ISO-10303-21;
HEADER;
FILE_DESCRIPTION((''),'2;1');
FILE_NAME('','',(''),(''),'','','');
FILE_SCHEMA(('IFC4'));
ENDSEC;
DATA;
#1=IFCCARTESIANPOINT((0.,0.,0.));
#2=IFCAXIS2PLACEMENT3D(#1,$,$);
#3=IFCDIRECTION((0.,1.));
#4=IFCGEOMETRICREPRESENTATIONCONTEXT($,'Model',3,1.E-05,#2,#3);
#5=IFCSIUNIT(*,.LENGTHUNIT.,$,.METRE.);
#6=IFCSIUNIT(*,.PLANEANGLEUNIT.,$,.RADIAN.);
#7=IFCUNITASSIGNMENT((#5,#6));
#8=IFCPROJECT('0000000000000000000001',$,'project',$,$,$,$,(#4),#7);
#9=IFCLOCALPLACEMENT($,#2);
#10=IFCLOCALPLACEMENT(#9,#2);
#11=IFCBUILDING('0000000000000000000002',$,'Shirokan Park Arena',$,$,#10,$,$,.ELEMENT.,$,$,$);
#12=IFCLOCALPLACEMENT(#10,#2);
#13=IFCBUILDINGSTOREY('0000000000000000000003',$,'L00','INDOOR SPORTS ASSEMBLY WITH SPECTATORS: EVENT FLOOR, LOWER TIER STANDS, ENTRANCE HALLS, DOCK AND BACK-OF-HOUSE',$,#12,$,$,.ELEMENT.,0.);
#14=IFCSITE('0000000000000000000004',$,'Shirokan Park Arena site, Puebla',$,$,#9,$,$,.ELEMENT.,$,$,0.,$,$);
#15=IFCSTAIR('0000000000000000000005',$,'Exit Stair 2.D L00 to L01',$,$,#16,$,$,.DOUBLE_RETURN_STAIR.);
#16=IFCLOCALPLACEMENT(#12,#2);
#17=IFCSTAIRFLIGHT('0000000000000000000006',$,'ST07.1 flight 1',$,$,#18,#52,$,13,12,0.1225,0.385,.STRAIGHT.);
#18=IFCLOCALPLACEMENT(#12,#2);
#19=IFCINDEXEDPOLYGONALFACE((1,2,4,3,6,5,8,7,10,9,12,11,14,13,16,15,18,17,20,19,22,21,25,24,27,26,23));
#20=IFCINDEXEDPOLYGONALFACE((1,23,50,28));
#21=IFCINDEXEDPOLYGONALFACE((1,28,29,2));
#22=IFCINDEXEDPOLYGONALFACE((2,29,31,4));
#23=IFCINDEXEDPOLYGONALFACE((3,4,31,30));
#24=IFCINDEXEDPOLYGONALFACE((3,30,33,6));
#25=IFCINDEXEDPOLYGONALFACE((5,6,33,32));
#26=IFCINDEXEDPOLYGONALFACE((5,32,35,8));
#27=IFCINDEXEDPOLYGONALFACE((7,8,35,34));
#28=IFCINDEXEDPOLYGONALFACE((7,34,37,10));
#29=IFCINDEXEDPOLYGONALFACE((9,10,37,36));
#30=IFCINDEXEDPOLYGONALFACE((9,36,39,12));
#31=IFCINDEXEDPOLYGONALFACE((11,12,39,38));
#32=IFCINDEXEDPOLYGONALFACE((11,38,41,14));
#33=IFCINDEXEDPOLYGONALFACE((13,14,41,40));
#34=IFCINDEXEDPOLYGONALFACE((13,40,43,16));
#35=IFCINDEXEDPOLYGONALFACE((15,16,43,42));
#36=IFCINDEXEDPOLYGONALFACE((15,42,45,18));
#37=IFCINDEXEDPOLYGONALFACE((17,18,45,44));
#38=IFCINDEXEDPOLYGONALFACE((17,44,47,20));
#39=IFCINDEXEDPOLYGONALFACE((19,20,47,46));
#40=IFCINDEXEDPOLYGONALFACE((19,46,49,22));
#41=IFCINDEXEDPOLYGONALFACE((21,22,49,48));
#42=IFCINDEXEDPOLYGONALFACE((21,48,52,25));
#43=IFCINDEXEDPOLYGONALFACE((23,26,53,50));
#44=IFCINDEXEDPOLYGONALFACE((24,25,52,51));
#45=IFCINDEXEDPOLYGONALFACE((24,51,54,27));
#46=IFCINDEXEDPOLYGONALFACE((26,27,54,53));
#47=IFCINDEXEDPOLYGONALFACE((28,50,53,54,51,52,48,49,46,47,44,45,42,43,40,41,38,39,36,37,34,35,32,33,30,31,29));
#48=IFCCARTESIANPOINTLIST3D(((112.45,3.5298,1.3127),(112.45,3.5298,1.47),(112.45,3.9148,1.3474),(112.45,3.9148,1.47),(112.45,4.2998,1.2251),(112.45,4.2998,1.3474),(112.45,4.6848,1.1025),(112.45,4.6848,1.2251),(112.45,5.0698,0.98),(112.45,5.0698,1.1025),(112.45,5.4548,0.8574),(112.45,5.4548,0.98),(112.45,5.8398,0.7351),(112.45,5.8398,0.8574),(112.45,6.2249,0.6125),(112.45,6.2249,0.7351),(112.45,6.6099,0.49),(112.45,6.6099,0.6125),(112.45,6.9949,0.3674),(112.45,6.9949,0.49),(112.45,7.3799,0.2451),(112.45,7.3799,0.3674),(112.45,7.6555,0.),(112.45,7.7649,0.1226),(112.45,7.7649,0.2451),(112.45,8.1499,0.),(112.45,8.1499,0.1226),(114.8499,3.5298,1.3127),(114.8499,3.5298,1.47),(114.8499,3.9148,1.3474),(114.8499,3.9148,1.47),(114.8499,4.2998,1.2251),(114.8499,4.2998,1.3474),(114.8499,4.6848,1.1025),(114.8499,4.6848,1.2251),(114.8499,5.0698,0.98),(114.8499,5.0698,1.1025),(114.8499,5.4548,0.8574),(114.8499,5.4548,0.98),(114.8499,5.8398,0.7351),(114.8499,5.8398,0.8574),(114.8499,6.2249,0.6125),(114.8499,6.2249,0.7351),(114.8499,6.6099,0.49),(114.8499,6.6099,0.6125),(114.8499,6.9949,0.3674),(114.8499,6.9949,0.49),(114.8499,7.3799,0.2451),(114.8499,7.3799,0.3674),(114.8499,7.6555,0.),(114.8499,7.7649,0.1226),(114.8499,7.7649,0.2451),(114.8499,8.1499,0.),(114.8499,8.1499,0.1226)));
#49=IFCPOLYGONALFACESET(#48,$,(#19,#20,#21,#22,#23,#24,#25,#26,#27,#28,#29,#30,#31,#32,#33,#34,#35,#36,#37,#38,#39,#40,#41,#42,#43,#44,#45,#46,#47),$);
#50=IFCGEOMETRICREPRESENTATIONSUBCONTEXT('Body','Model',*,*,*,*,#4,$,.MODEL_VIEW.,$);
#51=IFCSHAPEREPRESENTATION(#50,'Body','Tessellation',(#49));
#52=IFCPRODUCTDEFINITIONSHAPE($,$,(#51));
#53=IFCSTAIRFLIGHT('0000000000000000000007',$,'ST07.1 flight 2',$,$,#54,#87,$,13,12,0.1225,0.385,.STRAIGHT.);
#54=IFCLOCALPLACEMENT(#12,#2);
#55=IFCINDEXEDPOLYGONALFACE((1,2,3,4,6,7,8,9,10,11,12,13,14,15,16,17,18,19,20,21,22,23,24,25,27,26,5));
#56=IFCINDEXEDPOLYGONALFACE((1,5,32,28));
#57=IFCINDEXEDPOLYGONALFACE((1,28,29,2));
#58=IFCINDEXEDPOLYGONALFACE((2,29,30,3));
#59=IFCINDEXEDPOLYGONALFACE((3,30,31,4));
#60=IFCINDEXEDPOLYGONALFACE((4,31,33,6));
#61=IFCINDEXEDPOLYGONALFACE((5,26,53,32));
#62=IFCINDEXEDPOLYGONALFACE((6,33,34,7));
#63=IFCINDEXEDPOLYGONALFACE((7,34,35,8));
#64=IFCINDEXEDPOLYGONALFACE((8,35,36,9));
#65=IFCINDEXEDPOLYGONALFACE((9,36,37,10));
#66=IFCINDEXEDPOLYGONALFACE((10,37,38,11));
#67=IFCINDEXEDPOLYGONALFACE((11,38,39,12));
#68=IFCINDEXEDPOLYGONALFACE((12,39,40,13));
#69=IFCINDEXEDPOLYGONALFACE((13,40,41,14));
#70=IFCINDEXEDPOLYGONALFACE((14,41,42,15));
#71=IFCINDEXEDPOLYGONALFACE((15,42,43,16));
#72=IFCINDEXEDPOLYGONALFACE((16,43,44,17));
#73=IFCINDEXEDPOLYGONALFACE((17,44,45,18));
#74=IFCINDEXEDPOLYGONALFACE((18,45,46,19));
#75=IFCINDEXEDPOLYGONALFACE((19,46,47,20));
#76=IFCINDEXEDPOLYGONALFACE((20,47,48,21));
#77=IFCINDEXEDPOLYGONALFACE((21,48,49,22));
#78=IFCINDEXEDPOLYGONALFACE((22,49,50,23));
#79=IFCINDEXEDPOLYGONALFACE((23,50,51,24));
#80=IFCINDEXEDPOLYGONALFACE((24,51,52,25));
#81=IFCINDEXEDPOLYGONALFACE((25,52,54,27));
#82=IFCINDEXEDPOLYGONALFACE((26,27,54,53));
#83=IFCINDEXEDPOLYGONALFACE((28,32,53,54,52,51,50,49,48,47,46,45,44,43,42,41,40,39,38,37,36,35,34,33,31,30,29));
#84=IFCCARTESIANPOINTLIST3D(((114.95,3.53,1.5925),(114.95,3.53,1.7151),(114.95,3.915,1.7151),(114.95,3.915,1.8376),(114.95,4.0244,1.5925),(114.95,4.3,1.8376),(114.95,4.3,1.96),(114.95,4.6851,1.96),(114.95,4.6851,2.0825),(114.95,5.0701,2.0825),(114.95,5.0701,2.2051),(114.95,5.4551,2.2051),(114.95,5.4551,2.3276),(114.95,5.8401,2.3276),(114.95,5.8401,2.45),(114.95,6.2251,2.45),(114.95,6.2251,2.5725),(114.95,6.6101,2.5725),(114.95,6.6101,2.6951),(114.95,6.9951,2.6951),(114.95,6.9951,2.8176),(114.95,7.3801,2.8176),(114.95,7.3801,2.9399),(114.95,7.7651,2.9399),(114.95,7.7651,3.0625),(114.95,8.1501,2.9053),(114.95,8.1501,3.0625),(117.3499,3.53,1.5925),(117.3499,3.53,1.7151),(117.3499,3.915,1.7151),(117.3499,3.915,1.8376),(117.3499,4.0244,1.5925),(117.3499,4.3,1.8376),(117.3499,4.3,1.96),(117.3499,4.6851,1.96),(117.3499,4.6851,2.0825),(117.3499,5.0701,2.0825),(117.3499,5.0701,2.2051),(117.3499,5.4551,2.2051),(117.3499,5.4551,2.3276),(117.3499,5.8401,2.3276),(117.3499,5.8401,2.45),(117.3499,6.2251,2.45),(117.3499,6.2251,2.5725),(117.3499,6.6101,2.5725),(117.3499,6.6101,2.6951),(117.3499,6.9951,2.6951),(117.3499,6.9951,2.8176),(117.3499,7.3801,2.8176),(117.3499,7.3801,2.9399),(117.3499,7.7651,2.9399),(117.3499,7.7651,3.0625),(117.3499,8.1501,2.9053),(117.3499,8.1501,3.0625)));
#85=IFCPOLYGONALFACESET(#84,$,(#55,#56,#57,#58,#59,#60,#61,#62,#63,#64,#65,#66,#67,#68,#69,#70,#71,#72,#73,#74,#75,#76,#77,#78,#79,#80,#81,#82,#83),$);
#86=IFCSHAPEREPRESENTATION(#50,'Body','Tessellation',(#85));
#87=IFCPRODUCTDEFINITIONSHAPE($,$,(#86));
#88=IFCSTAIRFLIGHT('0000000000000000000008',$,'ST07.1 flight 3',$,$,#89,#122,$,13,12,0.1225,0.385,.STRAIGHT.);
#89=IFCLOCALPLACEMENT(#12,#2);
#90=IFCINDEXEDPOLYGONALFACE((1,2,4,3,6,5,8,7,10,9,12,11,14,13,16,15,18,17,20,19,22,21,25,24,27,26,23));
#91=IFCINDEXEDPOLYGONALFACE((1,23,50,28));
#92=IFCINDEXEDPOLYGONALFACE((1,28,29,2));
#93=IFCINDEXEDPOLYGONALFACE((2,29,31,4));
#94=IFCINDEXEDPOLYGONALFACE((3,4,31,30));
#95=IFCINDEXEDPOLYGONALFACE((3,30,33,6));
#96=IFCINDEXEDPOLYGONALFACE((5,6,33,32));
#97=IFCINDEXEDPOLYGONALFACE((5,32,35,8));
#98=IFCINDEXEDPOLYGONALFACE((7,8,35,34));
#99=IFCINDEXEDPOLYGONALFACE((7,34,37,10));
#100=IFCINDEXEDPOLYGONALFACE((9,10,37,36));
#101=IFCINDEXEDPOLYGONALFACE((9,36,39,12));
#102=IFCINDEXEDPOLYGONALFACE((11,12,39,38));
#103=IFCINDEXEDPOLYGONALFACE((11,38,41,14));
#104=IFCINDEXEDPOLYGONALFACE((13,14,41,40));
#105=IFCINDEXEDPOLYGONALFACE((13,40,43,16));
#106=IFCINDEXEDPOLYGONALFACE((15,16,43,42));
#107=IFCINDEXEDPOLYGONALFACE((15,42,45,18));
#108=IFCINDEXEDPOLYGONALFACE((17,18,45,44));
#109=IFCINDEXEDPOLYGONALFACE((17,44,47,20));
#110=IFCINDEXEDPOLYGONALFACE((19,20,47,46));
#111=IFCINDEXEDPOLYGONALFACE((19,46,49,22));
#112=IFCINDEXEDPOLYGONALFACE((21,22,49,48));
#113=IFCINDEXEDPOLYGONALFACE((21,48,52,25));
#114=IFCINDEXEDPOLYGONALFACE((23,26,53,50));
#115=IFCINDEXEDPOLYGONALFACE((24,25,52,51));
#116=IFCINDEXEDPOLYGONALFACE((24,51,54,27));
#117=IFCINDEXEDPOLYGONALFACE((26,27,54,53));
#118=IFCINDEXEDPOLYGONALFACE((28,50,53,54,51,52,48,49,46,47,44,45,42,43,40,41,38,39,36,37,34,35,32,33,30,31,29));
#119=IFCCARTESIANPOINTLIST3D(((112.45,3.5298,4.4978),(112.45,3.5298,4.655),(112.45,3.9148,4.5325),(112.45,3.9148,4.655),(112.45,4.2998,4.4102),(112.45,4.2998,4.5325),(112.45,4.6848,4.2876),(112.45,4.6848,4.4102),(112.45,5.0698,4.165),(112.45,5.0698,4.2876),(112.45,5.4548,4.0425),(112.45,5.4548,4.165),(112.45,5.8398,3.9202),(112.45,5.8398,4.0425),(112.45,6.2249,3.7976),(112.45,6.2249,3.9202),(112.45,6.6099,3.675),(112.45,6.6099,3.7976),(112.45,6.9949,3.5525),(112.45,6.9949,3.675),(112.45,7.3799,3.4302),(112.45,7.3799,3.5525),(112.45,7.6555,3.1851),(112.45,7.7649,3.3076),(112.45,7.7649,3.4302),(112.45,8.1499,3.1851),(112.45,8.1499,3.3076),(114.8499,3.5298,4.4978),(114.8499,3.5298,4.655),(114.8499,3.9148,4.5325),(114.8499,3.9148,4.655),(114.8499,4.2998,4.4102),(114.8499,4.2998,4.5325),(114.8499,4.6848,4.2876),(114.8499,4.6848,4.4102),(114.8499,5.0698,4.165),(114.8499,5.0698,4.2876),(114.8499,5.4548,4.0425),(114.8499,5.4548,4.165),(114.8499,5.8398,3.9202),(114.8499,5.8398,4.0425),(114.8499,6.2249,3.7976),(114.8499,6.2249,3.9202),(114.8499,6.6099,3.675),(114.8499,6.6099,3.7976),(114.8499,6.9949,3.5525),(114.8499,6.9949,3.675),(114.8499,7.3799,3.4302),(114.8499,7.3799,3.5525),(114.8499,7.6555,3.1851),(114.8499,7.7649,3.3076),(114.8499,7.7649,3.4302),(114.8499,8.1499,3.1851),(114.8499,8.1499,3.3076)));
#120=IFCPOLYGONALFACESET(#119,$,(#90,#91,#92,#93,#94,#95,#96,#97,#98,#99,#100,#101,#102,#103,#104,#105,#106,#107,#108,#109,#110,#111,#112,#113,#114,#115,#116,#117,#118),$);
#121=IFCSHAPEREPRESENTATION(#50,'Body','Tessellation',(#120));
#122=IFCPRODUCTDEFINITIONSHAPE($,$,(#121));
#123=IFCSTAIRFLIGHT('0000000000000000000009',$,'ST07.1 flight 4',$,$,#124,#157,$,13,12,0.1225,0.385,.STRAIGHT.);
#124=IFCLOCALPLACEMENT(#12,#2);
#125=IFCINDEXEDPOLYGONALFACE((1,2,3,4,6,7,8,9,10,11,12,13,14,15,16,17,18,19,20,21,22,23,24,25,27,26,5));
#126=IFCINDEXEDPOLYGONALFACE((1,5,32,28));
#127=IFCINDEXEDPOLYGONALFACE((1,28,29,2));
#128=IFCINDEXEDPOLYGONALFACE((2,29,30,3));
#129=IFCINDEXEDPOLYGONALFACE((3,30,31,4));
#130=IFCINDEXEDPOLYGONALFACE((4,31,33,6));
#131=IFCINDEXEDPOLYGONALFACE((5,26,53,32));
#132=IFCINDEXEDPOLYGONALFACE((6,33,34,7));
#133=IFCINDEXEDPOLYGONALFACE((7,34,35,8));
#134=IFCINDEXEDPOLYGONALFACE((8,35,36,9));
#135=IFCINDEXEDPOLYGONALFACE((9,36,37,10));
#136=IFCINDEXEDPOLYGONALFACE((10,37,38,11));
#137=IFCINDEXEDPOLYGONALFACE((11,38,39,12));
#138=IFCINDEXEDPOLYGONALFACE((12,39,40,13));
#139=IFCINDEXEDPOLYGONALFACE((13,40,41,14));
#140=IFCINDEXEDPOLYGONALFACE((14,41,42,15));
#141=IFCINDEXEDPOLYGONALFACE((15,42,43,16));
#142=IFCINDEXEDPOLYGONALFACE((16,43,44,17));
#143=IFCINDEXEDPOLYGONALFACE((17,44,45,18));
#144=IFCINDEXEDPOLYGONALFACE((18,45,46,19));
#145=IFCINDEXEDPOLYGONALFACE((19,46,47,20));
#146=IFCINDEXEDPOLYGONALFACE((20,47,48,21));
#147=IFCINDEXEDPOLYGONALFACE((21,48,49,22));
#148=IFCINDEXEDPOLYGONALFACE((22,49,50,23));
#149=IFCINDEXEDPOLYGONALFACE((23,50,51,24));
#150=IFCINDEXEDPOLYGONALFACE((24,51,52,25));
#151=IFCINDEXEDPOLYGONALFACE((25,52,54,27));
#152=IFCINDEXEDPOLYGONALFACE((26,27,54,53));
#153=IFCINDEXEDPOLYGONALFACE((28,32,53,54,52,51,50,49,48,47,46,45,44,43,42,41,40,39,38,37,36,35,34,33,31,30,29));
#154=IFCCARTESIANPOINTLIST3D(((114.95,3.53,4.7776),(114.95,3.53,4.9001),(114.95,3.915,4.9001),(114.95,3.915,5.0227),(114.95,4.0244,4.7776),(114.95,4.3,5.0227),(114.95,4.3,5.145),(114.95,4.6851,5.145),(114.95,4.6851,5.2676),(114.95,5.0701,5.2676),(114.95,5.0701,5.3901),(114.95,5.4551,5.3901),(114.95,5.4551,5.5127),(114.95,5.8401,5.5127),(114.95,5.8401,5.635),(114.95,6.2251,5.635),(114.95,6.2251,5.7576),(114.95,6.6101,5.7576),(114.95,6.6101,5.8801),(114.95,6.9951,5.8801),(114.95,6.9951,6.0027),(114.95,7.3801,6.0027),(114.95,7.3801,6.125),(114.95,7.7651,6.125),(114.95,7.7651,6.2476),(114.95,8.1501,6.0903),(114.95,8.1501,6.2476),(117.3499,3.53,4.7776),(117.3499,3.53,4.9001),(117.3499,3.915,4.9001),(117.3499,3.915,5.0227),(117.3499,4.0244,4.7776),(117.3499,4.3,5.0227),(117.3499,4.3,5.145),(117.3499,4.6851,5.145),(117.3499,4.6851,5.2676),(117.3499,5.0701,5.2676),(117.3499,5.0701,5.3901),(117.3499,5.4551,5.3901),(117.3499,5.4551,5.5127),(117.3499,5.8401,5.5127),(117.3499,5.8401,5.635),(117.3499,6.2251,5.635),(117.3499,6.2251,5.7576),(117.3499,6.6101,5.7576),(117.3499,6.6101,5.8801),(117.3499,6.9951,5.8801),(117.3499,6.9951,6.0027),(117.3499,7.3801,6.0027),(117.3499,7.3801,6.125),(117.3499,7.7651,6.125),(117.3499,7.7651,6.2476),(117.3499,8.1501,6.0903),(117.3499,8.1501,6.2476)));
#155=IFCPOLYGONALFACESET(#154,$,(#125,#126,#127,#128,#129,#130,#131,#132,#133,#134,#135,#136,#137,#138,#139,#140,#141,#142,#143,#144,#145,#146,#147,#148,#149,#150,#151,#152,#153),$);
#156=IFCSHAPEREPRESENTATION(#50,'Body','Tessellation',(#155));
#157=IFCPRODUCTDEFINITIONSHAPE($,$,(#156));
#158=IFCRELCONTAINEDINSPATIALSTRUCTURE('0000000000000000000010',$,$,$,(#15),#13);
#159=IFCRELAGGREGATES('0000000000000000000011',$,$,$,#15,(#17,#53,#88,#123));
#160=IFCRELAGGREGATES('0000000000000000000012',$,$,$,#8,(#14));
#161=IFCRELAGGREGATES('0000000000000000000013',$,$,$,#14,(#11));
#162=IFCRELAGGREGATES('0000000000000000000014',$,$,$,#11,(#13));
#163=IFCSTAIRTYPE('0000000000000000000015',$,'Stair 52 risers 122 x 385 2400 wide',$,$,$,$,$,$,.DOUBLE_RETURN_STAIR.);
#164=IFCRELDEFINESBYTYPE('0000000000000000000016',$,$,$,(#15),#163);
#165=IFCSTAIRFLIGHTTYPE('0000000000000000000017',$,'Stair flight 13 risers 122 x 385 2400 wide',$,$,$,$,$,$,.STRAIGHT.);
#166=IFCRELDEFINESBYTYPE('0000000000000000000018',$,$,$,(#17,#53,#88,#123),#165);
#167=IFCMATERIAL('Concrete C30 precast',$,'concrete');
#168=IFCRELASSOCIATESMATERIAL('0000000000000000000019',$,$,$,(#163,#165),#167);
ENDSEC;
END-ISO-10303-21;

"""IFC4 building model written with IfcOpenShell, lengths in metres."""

from ifc_helpers import new_model, si_unit, direction, frame, origin, place, context, subcontext, project, spatial, polyline, outline, extrude, material, type_object, element, aggregate, save


model = new_model("IFC4")

# Units and contexts
model_context = context("Model", 3, precision=1e-05, world=origin(), true_north=direction((0.0, 1.0)))
body_context = subcontext(model_context, "Body", "Model", "MODEL_VIEW")
ifc_project = project(units=[si_unit("LENGTHUNIT", "METRE"), si_unit("PLANEANGLEUNIT", "RADIAN")], contexts=[model_context])

# Site, building, storey
site_placement = place(None, origin())
site = spatial("IfcSite", under=ifc_project, at=site_placement, Name="Shirokan Park Arena site, Puebla", CompositionType="ELEMENT", RefElevation=0.0)
building_placement = place(site_placement, origin())
building = spatial("IfcBuilding", under=site, at=building_placement, Name="Shirokan Park Arena", CompositionType="ELEMENT")
storey_placement = place(building_placement, origin())
storey = spatial("IfcBuildingStorey", under=building, at=storey_placement, Name="L00", Description="INDOOR SPORTS ASSEMBLY WITH SPECTATORS: EVENT FLOOR, LOWER TIER STANDS, ENTRANCE HALLS, DOCK AND BACK-OF-HOUSE", CompositionType="ELEMENT", Elevation=0.0)

# Stair, stair flights
ifc_material_1 = material(Name="Concrete C30 precast", Category="concrete")
stair_type = type_object("IfcStairType", Name="Stair 52 risers 122 x 385 2400 wide", PredefinedType="DOUBLE_RETURN_STAIR", material=ifc_material_1)
stair_placement = place(storey_placement, origin())
stair = element("IfcStair", 1, at=stair_placement, inside=storey, type_object=stair_type, Name="Exit Stair 2.D L00 to L01", PredefinedType="DOUBLE_RETURN_STAIR")
stair_flight_type = type_object("IfcStairFlightType", Name="Stair flight 13 risers 122 x 385 2400 wide", PredefinedType="STRAIGHT", material=ifc_material_1)
stair_flight_1_placement = place(storey_placement, frame((113.6499, 8.1499, 0.0), z_axis=(0.0, 0.0, 1.0), x_axis=(0.0, -1.0, 0.0)))
stair_flight_1 = element("IfcStairFlight", 2, at=stair_flight_1_placement, type_object=stair_flight_type, Name="ST07.1 flight 1", NumberOfRisers=13, NumberOfTreads=12, PredefinedType="STRAIGHT", RiserHeight=0.1225, TreadLength=0.385, context=body_context, shape_type="SweptSolid", body=[
    extrude(outline(polyline([(0.0, 0.0), (0.0, 0.1226), (0.385, 0.1226), (0.385, 0.2451), (0.77, 0.2451), (0.77, 0.3674), (1.155, 0.3674), (1.155, 0.49), (1.54, 0.49), (1.54, 0.6125), (1.925, 0.6125), (1.925, 0.7351), (2.3101, 0.7351), (2.3101, 0.8574), (2.6951, 0.8574), (2.6951, 0.98), (3.0801, 0.98), (3.0801, 1.1025), (3.4651, 1.1025), (3.4651, 1.2251), (3.8501, 1.2251), (3.8501, 1.3474), (4.2351, 1.3474), (4.2351, 1.47), (4.6201, 1.47), (4.6201, 1.5925), (4.6201, 1.3127), (0.4944, 0.0), (0.0, 0.0)])), frame((0.0, 1.2, 0.0), z_axis=(0.0, -1.0, 0.0), x_axis=(1.0, 0.0, 0.0)), (0.0, 0.0, 1.0), 2.3999),
])
stair_flight_2_placement = place(storey_placement, frame((116.1499, 3.53, 1.5925), z_axis=(0.0, 0.0, 1.0), x_axis=(0.0, 1.0, 0.0)))
stair_flight_2 = element("IfcStairFlight", 3, at=stair_flight_2_placement, type_object=stair_flight_type, Name="ST07.1 flight 2", NumberOfRisers=13, NumberOfTreads=12, PredefinedType="STRAIGHT", RiserHeight=0.1225, TreadLength=0.385, context=body_context, shape_type="SweptSolid", body=[
    extrude(outline(polyline([(0.0, 0.0), (0.0, 0.1226), (0.385, 0.1226), (0.385, 0.2451), (0.77, 0.2451), (0.77, 0.3674), (1.155, 0.3674), (1.155, 0.49), (1.54, 0.49), (1.54, 0.6125), (1.925, 0.6125), (1.925, 0.7351), (2.3101, 0.7351), (2.3101, 0.8574), (2.6951, 0.8574), (2.6951, 0.98), (3.0801, 0.98), (3.0801, 1.1025), (3.4651, 1.1025), (3.4651, 1.2251), (3.8501, 1.2251), (3.8501, 1.3474), (4.2351, 1.3474), (4.2351, 1.47), (4.6201, 1.47), (4.6201, 1.5925), (4.6201, 1.3127), (0.4944, 0.0), (0.0, 0.0)])), frame((0.0, 1.2, 0.0), z_axis=(0.0, -1.0, 0.0), x_axis=(1.0, 0.0, 0.0)), (0.0, 0.0, 1.0), 2.3999),
])
stair_flight_3_placement = place(storey_placement, frame((113.6499, 8.1499, 3.1851), z_axis=(0.0, 0.0, 1.0), x_axis=(0.0, -1.0, 0.0)))
stair_flight_3 = element("IfcStairFlight", 4, at=stair_flight_3_placement, type_object=stair_flight_type, Name="ST07.1 flight 3", NumberOfRisers=13, NumberOfTreads=12, PredefinedType="STRAIGHT", RiserHeight=0.1225, TreadLength=0.385, context=body_context, shape_type="SweptSolid", body=[
    extrude(outline(polyline([(0.0, 0.0), (0.0, 0.1226), (0.385, 0.1226), (0.385, 0.2451), (0.77, 0.2451), (0.77, 0.3674), (1.155, 0.3674), (1.155, 0.49), (1.54, 0.49), (1.54, 0.6125), (1.925, 0.6125), (1.925, 0.7351), (2.3101, 0.7351), (2.3101, 0.8574), (2.6951, 0.8574), (2.6951, 0.98), (3.0801, 0.98), (3.0801, 1.1025), (3.4651, 1.1025), (3.4651, 1.2251), (3.8501, 1.2251), (3.8501, 1.3474), (4.2351, 1.3474), (4.2351, 1.47), (4.6201, 1.47), (4.6201, 1.5925), (4.6201, 1.3127), (0.4944, 0.0), (0.0, 0.0)])), frame((0.0, 1.2, 0.0), z_axis=(0.0, -1.0, 0.0), x_axis=(1.0, 0.0, 0.0)), (0.0, 0.0, 1.0), 2.3999),
])
stair_flight_4_placement = place(storey_placement, frame((116.1499, 3.53, 4.7776), z_axis=(0.0, 0.0, 1.0), x_axis=(0.0, 1.0, 0.0)))
stair_flight_4 = element("IfcStairFlight", 5, at=stair_flight_4_placement, type_object=stair_flight_type, Name="ST07.1 flight 4", NumberOfRisers=13, NumberOfTreads=12, PredefinedType="STRAIGHT", RiserHeight=0.1225, TreadLength=0.385, context=body_context, shape_type="SweptSolid", body=[
    extrude(outline(polyline([(0.0, 0.0), (0.0, 0.1226), (0.385, 0.1226), (0.385, 0.2451), (0.77, 0.2451), (0.77, 0.3674), (1.155, 0.3674), (1.155, 0.49), (1.54, 0.49), (1.54, 0.6125), (1.925, 0.6125), (1.925, 0.7351), (2.3101, 0.7351), (2.3101, 0.8574), (2.6951, 0.8574), (2.6951, 0.98), (3.0801, 0.98), (3.0801, 1.1025), (3.4651, 1.1025), (3.4651, 1.2251), (3.8501, 1.2251), (3.8501, 1.3474), (4.2351, 1.3474), (4.2351, 1.47), (4.6201, 1.47), (4.6201, 1.5925), (4.6201, 1.3127), (0.4944, 0.0), (0.0, 0.0)])), frame((0.0, 1.2, 0.0), z_axis=(0.0, -1.0, 0.0), x_axis=(1.0, 0.0, 0.0)), (0.0, 0.0, 1.0), 2.3999),
])
aggregate(stair, [stair_flight_1, stair_flight_2, stair_flight_3, stair_flight_4])

save(model, "model.ifc")
